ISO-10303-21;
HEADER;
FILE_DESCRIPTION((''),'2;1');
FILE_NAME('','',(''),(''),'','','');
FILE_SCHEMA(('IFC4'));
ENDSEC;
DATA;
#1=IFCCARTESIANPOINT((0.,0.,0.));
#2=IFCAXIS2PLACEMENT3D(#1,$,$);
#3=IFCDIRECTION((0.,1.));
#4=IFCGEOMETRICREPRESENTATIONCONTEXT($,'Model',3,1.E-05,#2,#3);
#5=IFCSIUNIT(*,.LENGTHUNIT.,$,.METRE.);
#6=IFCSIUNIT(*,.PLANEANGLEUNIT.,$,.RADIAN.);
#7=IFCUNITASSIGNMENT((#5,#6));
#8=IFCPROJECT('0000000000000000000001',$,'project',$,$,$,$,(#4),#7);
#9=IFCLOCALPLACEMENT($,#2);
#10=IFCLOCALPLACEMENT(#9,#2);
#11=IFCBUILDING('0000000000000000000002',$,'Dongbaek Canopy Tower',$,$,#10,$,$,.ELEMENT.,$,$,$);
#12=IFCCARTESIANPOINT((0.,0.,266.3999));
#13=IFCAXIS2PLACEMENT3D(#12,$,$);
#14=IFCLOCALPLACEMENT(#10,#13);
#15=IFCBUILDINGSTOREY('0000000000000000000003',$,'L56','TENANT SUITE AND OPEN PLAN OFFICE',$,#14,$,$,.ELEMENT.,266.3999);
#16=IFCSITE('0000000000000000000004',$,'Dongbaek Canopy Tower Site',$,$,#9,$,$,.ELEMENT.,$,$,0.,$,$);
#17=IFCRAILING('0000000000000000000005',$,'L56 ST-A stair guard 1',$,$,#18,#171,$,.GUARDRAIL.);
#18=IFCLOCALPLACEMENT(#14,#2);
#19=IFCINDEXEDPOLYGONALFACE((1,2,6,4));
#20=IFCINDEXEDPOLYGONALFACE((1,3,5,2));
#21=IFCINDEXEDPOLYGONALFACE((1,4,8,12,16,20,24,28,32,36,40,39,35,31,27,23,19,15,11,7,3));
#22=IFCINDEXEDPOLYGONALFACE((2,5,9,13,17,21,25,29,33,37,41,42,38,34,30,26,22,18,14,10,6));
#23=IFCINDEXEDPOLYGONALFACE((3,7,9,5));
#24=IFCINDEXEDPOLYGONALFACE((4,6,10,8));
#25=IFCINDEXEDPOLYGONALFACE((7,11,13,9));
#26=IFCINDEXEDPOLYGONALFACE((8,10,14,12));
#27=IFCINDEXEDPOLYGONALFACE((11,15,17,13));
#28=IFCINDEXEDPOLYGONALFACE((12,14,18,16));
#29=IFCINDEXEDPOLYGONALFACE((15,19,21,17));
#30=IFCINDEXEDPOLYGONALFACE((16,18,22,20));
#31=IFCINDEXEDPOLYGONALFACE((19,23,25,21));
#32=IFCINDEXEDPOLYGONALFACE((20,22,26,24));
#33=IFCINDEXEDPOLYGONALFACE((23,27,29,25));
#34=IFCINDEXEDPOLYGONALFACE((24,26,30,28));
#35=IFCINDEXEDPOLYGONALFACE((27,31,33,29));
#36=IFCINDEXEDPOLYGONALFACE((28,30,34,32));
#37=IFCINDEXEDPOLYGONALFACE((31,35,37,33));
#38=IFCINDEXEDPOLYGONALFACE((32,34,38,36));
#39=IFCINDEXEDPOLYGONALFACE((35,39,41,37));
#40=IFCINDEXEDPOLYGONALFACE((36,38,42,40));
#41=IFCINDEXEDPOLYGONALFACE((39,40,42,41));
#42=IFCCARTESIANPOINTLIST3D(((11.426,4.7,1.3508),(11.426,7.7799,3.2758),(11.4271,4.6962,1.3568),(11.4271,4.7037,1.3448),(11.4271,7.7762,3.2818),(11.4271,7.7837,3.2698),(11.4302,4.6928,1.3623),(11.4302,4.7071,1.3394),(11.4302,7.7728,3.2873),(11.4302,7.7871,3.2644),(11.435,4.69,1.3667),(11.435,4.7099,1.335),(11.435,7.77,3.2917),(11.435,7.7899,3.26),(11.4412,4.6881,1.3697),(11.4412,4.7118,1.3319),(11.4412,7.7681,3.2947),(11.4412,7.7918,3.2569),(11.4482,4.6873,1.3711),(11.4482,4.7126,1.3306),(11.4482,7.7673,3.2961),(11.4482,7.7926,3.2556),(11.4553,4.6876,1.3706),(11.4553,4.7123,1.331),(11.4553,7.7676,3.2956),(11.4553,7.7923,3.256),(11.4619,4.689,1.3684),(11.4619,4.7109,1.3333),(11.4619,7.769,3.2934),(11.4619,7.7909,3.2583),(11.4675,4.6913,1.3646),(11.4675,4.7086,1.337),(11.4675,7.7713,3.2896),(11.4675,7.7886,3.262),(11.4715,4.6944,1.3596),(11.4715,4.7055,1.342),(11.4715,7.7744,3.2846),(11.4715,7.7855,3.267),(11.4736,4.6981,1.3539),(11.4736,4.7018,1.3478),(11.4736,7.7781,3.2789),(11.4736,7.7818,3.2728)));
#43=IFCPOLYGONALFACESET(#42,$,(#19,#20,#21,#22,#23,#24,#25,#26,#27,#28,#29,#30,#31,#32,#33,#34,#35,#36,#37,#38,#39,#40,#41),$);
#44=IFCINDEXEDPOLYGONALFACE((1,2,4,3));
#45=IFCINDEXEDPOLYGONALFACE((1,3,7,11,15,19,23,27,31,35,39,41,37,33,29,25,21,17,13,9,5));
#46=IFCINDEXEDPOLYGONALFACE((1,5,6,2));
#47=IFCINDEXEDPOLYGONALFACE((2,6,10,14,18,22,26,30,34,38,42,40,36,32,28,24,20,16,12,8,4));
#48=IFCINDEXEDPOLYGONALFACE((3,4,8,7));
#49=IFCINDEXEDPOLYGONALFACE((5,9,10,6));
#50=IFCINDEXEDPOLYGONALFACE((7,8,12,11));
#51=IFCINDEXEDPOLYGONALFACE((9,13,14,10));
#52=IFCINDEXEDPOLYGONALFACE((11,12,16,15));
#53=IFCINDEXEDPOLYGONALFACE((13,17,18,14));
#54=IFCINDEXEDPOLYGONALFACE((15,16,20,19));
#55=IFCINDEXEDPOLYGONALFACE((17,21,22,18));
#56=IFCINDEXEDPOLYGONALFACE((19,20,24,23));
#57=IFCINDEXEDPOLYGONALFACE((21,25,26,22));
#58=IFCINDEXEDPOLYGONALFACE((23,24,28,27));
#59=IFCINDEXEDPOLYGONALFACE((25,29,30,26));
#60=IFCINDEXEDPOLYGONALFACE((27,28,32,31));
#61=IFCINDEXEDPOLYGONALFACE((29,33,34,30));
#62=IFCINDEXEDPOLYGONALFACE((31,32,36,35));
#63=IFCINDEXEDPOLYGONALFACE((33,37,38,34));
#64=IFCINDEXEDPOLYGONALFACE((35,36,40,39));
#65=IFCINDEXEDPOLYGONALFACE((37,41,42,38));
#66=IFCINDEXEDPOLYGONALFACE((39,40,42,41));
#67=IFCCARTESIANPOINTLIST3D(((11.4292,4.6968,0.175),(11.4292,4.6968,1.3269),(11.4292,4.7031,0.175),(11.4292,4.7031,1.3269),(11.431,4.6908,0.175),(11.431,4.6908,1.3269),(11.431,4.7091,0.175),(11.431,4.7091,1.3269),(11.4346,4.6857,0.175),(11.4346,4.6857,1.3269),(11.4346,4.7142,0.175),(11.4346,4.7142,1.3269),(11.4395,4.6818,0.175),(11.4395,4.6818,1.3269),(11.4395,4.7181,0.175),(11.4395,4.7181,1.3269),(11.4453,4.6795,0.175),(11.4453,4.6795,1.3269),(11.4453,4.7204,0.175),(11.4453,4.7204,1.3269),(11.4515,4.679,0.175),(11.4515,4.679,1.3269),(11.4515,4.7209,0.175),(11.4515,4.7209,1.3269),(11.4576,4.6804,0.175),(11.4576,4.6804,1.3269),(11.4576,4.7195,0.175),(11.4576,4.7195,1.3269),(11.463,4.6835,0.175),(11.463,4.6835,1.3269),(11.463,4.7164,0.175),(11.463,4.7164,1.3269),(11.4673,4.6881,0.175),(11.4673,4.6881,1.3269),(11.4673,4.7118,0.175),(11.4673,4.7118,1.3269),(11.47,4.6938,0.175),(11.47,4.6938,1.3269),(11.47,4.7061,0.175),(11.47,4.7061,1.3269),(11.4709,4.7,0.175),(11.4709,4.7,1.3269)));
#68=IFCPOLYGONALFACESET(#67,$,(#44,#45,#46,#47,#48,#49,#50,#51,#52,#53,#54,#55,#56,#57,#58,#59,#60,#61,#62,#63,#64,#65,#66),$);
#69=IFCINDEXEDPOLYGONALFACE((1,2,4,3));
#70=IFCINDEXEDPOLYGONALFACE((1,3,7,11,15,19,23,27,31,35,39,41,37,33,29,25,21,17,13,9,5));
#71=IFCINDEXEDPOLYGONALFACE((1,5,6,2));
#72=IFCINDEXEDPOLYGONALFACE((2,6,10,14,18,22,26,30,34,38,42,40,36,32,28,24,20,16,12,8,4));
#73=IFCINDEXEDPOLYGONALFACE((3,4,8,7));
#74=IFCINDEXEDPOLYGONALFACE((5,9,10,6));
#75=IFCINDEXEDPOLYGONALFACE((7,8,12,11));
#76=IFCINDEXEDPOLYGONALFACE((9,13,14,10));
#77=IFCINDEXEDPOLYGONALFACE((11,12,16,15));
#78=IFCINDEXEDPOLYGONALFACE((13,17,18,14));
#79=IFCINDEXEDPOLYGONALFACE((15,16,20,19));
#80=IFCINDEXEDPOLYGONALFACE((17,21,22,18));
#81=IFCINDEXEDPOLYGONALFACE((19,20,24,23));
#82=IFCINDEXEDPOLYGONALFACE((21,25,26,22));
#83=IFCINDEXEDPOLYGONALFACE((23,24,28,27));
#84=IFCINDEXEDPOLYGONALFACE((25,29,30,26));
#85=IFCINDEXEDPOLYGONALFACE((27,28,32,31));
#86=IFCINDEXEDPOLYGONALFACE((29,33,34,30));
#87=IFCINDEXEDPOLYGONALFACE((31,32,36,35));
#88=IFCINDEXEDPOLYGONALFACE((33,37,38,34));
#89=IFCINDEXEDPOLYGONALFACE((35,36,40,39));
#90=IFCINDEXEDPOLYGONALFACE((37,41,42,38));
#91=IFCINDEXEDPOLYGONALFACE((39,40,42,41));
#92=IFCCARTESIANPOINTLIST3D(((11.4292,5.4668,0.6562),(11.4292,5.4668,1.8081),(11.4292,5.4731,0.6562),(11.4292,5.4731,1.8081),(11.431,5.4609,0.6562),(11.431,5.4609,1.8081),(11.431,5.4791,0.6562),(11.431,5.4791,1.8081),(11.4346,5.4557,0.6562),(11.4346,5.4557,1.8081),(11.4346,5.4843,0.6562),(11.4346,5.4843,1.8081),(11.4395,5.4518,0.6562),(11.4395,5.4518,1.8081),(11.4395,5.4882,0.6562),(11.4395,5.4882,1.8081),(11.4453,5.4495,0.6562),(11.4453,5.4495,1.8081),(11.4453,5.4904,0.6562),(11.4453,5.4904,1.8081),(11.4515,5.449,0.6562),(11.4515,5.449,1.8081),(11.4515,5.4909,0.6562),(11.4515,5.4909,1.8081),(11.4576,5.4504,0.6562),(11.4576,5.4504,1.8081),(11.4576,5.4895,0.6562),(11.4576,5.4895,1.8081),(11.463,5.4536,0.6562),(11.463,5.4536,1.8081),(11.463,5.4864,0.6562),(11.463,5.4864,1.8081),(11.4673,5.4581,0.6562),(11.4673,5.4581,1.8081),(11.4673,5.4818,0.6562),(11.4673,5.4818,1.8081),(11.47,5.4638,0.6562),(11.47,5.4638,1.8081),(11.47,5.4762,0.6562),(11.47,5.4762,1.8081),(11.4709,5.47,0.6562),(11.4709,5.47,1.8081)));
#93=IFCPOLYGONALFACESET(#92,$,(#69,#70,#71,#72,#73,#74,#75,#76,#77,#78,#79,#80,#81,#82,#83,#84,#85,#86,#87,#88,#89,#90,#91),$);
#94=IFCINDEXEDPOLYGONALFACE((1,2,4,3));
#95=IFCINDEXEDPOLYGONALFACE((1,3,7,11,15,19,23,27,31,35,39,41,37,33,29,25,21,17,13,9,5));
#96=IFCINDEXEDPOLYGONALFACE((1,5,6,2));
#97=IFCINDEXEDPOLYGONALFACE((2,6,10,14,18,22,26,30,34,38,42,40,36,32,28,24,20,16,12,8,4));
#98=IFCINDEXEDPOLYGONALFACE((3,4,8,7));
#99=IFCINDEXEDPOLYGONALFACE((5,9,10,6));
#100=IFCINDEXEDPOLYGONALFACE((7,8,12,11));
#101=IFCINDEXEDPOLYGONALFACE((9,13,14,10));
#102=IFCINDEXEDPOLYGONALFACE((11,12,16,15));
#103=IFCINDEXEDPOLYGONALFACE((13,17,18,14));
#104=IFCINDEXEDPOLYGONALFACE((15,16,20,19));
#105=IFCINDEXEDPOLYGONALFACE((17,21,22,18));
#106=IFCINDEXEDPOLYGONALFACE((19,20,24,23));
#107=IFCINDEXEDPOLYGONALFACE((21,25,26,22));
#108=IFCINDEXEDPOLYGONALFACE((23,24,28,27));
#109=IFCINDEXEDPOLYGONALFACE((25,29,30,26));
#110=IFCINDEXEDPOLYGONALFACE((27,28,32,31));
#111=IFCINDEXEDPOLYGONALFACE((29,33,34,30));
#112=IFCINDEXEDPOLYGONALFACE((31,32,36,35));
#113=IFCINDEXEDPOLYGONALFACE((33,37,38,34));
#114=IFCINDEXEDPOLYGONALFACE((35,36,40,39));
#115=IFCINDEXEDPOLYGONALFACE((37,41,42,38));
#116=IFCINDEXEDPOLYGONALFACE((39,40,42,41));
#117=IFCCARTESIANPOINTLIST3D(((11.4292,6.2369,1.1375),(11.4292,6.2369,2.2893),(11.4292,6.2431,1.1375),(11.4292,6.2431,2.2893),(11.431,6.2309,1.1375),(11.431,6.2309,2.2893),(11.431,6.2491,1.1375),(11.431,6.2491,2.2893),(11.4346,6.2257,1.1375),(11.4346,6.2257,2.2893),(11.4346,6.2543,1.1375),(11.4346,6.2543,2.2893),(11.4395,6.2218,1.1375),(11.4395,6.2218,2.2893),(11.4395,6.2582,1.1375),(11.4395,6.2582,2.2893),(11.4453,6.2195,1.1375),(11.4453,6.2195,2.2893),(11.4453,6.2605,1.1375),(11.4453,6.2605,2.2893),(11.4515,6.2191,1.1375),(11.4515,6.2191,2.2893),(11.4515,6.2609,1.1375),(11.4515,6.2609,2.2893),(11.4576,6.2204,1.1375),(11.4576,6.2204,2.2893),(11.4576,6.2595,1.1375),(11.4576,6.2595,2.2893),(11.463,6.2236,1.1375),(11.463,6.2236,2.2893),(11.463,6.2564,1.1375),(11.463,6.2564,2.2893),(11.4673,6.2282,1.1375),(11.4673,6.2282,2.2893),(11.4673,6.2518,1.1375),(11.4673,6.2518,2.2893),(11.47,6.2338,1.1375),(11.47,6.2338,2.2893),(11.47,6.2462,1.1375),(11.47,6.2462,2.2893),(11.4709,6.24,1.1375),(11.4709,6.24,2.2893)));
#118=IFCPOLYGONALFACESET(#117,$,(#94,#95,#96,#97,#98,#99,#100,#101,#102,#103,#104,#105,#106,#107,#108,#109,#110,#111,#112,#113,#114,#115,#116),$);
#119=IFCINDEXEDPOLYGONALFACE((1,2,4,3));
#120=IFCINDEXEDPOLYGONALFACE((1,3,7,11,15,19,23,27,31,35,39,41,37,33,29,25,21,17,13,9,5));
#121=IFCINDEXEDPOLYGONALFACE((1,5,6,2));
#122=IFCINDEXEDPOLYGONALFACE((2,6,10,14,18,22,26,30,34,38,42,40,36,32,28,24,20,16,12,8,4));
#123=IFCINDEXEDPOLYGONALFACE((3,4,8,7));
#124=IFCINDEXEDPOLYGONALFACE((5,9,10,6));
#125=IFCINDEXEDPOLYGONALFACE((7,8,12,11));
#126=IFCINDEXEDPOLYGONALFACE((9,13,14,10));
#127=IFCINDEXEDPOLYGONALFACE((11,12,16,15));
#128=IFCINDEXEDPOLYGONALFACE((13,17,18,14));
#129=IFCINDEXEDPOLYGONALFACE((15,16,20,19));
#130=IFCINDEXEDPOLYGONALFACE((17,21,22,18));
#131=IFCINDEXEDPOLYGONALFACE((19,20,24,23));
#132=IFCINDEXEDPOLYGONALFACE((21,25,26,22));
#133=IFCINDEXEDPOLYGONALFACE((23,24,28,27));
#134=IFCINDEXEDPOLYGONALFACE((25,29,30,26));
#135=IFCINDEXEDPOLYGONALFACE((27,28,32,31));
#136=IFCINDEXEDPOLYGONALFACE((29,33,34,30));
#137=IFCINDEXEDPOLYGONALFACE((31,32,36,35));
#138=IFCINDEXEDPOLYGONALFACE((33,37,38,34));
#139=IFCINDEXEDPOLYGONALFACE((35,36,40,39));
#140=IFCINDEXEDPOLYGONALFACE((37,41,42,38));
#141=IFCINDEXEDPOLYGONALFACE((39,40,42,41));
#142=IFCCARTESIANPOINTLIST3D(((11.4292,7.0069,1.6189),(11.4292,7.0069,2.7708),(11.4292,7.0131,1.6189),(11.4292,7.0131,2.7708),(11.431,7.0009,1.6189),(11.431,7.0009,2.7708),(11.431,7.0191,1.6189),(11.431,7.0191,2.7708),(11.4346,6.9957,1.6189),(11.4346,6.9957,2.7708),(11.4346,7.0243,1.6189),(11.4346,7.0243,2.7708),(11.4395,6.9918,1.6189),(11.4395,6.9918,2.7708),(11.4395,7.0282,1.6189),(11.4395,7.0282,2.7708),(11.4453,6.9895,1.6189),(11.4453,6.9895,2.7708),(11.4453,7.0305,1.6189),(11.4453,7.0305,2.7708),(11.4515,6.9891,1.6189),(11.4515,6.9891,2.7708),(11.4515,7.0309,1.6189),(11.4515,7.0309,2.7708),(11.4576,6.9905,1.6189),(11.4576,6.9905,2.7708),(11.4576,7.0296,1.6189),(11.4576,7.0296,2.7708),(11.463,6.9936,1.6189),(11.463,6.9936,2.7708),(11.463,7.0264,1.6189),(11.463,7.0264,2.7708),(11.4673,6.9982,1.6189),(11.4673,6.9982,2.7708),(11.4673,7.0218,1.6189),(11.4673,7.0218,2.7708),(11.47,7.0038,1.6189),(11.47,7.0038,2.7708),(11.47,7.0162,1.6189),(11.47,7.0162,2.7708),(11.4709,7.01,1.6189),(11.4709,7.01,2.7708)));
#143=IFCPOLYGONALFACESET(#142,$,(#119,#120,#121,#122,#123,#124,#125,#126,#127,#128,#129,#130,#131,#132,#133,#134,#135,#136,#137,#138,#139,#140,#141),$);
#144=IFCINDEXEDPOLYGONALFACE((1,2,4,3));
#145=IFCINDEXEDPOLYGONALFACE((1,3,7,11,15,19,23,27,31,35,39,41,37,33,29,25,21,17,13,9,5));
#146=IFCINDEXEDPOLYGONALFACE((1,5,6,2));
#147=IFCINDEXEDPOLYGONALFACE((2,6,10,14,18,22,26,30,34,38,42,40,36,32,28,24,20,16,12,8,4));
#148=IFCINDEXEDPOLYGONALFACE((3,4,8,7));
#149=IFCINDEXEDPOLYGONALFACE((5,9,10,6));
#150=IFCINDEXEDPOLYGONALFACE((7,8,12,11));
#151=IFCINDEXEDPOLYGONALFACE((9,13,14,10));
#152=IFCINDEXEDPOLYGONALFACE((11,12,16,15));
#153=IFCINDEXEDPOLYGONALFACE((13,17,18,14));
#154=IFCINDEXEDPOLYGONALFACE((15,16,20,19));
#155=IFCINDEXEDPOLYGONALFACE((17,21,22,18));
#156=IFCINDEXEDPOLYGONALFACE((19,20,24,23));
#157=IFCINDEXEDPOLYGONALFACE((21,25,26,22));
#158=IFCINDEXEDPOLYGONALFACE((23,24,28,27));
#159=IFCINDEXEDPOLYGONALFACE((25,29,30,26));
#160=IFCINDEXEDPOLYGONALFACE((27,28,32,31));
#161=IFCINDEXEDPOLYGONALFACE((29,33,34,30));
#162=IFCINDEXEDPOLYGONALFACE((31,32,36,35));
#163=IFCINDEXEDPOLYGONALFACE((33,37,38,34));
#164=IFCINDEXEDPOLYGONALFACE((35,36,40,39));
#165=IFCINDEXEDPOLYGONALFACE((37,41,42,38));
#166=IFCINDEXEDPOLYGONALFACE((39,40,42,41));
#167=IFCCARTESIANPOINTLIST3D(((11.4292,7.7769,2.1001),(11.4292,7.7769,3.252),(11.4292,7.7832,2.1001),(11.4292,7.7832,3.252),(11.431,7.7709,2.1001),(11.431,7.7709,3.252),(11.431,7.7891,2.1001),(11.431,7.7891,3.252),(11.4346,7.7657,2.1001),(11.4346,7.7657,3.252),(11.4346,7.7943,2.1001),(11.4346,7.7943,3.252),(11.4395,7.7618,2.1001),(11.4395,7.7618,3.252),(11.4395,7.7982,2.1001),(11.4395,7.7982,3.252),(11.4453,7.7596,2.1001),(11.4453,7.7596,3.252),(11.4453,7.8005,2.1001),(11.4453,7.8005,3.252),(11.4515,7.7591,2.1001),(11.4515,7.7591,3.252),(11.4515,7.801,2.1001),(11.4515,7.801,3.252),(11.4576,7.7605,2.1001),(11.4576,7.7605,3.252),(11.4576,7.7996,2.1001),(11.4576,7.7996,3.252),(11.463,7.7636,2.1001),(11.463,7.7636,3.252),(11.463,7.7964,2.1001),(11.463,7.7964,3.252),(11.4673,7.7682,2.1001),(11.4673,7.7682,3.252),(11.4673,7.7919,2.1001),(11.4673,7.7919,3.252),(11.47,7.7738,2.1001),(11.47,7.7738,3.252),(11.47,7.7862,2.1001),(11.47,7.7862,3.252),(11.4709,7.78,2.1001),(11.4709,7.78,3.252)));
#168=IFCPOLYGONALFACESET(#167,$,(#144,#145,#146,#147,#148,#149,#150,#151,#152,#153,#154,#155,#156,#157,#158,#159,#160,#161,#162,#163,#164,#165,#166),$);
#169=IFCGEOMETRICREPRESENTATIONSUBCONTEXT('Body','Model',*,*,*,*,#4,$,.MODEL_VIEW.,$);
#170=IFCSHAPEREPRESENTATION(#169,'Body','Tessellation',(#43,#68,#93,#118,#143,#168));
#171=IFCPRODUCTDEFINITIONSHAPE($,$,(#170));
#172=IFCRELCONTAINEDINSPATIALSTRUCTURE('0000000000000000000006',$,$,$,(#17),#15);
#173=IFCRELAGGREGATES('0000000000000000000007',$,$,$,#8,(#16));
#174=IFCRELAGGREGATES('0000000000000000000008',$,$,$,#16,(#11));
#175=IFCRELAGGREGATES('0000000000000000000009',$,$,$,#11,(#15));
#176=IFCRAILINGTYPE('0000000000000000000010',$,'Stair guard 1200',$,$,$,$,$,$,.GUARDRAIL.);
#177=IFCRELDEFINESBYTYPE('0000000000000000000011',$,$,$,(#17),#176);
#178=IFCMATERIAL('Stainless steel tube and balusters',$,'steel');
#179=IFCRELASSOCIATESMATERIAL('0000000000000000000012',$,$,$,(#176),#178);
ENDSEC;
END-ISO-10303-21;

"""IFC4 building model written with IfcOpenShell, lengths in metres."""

from ifc_helpers import new_model, si_unit, direction, frame, origin, origin_2d, place, context, subcontext, project, spatial, circle, extrude, material, type_object, element, save


model = new_model("IFC4")

# Units and contexts
model_context = context("Model", 3, precision=1e-05, world=origin(), true_north=direction((0.0, 1.0)))
body_context = subcontext(model_context, "Body", "Model", "MODEL_VIEW")
ifc_project = project(units=[si_unit("LENGTHUNIT", "METRE"), si_unit("PLANEANGLEUNIT", "RADIAN")], contexts=[model_context])

# Site, building, storey
site_placement = place(None, origin())
site = spatial("IfcSite", under=ifc_project, at=site_placement, Name="Dongbaek Canopy Tower Site", CompositionType="ELEMENT", RefElevation=0.0)
building_placement = place(site_placement, origin())
building = spatial("IfcBuilding", under=site, at=building_placement, Name="Dongbaek Canopy Tower", CompositionType="ELEMENT")
storey_placement = place(building_placement, frame((0.0, 0.0, 266.3999)))
storey = spatial("IfcBuildingStorey", under=building, at=storey_placement, Name="L56", Description="TENANT SUITE AND OPEN PLAN OFFICE", CompositionType="ELEMENT", Elevation=266.3999)

# Railing
ifc_material_1 = material(Name="Stainless steel tube and balusters", Category="steel")
railing_type_1 = type_object("IfcRailingType", Name="Stair guard 1200", PredefinedType="GUARDRAIL", material=ifc_material_1)
railing_1_placement = place(storey_placement, frame((11.45, 4.7, 0.175)))
element("IfcRailing", 1, at=railing_1_placement, inside=storey, type_object=railing_type_1, Name="L56 ST-A stair guard 1", PredefinedType="GUARDRAIL", context=body_context, shape_type="SweptSolid", body=[
    extrude(circle(Radius=0.0239, at=origin_2d()), frame((0.0, 0.0, 1.1758), z_axis=(0.0, 0.847998, 0.529999), x_axis=(-1.0, 0.0, 0.0)), (0.0, 0.0, 1.0), 3.6321),
    extrude(circle(Radius=0.021, at=origin_2d()), origin(), (0.0, 0.0, 1.0), 1.1519),
    extrude(circle(Radius=0.021, at=origin_2d()), frame((0.0, 0.77, 0.4812)), (0.0, 0.0, 1.0), 1.1519),
    extrude(circle(Radius=0.021, at=origin_2d()), frame((0.0, 1.54, 0.9624)), (0.0, 0.0, 1.0), 1.1519),
    extrude(circle(Radius=0.021, at=origin_2d()), frame((0.0, 2.3101, 1.4438)), (0.0, 0.0, 1.0), 1.1519),
    extrude(circle(Radius=0.021, at=origin_2d()), frame((0.0, 3.0801, 1.925)), (0.0, 0.0, 1.0), 1.1519),
])

save(model, "model.ifc")
